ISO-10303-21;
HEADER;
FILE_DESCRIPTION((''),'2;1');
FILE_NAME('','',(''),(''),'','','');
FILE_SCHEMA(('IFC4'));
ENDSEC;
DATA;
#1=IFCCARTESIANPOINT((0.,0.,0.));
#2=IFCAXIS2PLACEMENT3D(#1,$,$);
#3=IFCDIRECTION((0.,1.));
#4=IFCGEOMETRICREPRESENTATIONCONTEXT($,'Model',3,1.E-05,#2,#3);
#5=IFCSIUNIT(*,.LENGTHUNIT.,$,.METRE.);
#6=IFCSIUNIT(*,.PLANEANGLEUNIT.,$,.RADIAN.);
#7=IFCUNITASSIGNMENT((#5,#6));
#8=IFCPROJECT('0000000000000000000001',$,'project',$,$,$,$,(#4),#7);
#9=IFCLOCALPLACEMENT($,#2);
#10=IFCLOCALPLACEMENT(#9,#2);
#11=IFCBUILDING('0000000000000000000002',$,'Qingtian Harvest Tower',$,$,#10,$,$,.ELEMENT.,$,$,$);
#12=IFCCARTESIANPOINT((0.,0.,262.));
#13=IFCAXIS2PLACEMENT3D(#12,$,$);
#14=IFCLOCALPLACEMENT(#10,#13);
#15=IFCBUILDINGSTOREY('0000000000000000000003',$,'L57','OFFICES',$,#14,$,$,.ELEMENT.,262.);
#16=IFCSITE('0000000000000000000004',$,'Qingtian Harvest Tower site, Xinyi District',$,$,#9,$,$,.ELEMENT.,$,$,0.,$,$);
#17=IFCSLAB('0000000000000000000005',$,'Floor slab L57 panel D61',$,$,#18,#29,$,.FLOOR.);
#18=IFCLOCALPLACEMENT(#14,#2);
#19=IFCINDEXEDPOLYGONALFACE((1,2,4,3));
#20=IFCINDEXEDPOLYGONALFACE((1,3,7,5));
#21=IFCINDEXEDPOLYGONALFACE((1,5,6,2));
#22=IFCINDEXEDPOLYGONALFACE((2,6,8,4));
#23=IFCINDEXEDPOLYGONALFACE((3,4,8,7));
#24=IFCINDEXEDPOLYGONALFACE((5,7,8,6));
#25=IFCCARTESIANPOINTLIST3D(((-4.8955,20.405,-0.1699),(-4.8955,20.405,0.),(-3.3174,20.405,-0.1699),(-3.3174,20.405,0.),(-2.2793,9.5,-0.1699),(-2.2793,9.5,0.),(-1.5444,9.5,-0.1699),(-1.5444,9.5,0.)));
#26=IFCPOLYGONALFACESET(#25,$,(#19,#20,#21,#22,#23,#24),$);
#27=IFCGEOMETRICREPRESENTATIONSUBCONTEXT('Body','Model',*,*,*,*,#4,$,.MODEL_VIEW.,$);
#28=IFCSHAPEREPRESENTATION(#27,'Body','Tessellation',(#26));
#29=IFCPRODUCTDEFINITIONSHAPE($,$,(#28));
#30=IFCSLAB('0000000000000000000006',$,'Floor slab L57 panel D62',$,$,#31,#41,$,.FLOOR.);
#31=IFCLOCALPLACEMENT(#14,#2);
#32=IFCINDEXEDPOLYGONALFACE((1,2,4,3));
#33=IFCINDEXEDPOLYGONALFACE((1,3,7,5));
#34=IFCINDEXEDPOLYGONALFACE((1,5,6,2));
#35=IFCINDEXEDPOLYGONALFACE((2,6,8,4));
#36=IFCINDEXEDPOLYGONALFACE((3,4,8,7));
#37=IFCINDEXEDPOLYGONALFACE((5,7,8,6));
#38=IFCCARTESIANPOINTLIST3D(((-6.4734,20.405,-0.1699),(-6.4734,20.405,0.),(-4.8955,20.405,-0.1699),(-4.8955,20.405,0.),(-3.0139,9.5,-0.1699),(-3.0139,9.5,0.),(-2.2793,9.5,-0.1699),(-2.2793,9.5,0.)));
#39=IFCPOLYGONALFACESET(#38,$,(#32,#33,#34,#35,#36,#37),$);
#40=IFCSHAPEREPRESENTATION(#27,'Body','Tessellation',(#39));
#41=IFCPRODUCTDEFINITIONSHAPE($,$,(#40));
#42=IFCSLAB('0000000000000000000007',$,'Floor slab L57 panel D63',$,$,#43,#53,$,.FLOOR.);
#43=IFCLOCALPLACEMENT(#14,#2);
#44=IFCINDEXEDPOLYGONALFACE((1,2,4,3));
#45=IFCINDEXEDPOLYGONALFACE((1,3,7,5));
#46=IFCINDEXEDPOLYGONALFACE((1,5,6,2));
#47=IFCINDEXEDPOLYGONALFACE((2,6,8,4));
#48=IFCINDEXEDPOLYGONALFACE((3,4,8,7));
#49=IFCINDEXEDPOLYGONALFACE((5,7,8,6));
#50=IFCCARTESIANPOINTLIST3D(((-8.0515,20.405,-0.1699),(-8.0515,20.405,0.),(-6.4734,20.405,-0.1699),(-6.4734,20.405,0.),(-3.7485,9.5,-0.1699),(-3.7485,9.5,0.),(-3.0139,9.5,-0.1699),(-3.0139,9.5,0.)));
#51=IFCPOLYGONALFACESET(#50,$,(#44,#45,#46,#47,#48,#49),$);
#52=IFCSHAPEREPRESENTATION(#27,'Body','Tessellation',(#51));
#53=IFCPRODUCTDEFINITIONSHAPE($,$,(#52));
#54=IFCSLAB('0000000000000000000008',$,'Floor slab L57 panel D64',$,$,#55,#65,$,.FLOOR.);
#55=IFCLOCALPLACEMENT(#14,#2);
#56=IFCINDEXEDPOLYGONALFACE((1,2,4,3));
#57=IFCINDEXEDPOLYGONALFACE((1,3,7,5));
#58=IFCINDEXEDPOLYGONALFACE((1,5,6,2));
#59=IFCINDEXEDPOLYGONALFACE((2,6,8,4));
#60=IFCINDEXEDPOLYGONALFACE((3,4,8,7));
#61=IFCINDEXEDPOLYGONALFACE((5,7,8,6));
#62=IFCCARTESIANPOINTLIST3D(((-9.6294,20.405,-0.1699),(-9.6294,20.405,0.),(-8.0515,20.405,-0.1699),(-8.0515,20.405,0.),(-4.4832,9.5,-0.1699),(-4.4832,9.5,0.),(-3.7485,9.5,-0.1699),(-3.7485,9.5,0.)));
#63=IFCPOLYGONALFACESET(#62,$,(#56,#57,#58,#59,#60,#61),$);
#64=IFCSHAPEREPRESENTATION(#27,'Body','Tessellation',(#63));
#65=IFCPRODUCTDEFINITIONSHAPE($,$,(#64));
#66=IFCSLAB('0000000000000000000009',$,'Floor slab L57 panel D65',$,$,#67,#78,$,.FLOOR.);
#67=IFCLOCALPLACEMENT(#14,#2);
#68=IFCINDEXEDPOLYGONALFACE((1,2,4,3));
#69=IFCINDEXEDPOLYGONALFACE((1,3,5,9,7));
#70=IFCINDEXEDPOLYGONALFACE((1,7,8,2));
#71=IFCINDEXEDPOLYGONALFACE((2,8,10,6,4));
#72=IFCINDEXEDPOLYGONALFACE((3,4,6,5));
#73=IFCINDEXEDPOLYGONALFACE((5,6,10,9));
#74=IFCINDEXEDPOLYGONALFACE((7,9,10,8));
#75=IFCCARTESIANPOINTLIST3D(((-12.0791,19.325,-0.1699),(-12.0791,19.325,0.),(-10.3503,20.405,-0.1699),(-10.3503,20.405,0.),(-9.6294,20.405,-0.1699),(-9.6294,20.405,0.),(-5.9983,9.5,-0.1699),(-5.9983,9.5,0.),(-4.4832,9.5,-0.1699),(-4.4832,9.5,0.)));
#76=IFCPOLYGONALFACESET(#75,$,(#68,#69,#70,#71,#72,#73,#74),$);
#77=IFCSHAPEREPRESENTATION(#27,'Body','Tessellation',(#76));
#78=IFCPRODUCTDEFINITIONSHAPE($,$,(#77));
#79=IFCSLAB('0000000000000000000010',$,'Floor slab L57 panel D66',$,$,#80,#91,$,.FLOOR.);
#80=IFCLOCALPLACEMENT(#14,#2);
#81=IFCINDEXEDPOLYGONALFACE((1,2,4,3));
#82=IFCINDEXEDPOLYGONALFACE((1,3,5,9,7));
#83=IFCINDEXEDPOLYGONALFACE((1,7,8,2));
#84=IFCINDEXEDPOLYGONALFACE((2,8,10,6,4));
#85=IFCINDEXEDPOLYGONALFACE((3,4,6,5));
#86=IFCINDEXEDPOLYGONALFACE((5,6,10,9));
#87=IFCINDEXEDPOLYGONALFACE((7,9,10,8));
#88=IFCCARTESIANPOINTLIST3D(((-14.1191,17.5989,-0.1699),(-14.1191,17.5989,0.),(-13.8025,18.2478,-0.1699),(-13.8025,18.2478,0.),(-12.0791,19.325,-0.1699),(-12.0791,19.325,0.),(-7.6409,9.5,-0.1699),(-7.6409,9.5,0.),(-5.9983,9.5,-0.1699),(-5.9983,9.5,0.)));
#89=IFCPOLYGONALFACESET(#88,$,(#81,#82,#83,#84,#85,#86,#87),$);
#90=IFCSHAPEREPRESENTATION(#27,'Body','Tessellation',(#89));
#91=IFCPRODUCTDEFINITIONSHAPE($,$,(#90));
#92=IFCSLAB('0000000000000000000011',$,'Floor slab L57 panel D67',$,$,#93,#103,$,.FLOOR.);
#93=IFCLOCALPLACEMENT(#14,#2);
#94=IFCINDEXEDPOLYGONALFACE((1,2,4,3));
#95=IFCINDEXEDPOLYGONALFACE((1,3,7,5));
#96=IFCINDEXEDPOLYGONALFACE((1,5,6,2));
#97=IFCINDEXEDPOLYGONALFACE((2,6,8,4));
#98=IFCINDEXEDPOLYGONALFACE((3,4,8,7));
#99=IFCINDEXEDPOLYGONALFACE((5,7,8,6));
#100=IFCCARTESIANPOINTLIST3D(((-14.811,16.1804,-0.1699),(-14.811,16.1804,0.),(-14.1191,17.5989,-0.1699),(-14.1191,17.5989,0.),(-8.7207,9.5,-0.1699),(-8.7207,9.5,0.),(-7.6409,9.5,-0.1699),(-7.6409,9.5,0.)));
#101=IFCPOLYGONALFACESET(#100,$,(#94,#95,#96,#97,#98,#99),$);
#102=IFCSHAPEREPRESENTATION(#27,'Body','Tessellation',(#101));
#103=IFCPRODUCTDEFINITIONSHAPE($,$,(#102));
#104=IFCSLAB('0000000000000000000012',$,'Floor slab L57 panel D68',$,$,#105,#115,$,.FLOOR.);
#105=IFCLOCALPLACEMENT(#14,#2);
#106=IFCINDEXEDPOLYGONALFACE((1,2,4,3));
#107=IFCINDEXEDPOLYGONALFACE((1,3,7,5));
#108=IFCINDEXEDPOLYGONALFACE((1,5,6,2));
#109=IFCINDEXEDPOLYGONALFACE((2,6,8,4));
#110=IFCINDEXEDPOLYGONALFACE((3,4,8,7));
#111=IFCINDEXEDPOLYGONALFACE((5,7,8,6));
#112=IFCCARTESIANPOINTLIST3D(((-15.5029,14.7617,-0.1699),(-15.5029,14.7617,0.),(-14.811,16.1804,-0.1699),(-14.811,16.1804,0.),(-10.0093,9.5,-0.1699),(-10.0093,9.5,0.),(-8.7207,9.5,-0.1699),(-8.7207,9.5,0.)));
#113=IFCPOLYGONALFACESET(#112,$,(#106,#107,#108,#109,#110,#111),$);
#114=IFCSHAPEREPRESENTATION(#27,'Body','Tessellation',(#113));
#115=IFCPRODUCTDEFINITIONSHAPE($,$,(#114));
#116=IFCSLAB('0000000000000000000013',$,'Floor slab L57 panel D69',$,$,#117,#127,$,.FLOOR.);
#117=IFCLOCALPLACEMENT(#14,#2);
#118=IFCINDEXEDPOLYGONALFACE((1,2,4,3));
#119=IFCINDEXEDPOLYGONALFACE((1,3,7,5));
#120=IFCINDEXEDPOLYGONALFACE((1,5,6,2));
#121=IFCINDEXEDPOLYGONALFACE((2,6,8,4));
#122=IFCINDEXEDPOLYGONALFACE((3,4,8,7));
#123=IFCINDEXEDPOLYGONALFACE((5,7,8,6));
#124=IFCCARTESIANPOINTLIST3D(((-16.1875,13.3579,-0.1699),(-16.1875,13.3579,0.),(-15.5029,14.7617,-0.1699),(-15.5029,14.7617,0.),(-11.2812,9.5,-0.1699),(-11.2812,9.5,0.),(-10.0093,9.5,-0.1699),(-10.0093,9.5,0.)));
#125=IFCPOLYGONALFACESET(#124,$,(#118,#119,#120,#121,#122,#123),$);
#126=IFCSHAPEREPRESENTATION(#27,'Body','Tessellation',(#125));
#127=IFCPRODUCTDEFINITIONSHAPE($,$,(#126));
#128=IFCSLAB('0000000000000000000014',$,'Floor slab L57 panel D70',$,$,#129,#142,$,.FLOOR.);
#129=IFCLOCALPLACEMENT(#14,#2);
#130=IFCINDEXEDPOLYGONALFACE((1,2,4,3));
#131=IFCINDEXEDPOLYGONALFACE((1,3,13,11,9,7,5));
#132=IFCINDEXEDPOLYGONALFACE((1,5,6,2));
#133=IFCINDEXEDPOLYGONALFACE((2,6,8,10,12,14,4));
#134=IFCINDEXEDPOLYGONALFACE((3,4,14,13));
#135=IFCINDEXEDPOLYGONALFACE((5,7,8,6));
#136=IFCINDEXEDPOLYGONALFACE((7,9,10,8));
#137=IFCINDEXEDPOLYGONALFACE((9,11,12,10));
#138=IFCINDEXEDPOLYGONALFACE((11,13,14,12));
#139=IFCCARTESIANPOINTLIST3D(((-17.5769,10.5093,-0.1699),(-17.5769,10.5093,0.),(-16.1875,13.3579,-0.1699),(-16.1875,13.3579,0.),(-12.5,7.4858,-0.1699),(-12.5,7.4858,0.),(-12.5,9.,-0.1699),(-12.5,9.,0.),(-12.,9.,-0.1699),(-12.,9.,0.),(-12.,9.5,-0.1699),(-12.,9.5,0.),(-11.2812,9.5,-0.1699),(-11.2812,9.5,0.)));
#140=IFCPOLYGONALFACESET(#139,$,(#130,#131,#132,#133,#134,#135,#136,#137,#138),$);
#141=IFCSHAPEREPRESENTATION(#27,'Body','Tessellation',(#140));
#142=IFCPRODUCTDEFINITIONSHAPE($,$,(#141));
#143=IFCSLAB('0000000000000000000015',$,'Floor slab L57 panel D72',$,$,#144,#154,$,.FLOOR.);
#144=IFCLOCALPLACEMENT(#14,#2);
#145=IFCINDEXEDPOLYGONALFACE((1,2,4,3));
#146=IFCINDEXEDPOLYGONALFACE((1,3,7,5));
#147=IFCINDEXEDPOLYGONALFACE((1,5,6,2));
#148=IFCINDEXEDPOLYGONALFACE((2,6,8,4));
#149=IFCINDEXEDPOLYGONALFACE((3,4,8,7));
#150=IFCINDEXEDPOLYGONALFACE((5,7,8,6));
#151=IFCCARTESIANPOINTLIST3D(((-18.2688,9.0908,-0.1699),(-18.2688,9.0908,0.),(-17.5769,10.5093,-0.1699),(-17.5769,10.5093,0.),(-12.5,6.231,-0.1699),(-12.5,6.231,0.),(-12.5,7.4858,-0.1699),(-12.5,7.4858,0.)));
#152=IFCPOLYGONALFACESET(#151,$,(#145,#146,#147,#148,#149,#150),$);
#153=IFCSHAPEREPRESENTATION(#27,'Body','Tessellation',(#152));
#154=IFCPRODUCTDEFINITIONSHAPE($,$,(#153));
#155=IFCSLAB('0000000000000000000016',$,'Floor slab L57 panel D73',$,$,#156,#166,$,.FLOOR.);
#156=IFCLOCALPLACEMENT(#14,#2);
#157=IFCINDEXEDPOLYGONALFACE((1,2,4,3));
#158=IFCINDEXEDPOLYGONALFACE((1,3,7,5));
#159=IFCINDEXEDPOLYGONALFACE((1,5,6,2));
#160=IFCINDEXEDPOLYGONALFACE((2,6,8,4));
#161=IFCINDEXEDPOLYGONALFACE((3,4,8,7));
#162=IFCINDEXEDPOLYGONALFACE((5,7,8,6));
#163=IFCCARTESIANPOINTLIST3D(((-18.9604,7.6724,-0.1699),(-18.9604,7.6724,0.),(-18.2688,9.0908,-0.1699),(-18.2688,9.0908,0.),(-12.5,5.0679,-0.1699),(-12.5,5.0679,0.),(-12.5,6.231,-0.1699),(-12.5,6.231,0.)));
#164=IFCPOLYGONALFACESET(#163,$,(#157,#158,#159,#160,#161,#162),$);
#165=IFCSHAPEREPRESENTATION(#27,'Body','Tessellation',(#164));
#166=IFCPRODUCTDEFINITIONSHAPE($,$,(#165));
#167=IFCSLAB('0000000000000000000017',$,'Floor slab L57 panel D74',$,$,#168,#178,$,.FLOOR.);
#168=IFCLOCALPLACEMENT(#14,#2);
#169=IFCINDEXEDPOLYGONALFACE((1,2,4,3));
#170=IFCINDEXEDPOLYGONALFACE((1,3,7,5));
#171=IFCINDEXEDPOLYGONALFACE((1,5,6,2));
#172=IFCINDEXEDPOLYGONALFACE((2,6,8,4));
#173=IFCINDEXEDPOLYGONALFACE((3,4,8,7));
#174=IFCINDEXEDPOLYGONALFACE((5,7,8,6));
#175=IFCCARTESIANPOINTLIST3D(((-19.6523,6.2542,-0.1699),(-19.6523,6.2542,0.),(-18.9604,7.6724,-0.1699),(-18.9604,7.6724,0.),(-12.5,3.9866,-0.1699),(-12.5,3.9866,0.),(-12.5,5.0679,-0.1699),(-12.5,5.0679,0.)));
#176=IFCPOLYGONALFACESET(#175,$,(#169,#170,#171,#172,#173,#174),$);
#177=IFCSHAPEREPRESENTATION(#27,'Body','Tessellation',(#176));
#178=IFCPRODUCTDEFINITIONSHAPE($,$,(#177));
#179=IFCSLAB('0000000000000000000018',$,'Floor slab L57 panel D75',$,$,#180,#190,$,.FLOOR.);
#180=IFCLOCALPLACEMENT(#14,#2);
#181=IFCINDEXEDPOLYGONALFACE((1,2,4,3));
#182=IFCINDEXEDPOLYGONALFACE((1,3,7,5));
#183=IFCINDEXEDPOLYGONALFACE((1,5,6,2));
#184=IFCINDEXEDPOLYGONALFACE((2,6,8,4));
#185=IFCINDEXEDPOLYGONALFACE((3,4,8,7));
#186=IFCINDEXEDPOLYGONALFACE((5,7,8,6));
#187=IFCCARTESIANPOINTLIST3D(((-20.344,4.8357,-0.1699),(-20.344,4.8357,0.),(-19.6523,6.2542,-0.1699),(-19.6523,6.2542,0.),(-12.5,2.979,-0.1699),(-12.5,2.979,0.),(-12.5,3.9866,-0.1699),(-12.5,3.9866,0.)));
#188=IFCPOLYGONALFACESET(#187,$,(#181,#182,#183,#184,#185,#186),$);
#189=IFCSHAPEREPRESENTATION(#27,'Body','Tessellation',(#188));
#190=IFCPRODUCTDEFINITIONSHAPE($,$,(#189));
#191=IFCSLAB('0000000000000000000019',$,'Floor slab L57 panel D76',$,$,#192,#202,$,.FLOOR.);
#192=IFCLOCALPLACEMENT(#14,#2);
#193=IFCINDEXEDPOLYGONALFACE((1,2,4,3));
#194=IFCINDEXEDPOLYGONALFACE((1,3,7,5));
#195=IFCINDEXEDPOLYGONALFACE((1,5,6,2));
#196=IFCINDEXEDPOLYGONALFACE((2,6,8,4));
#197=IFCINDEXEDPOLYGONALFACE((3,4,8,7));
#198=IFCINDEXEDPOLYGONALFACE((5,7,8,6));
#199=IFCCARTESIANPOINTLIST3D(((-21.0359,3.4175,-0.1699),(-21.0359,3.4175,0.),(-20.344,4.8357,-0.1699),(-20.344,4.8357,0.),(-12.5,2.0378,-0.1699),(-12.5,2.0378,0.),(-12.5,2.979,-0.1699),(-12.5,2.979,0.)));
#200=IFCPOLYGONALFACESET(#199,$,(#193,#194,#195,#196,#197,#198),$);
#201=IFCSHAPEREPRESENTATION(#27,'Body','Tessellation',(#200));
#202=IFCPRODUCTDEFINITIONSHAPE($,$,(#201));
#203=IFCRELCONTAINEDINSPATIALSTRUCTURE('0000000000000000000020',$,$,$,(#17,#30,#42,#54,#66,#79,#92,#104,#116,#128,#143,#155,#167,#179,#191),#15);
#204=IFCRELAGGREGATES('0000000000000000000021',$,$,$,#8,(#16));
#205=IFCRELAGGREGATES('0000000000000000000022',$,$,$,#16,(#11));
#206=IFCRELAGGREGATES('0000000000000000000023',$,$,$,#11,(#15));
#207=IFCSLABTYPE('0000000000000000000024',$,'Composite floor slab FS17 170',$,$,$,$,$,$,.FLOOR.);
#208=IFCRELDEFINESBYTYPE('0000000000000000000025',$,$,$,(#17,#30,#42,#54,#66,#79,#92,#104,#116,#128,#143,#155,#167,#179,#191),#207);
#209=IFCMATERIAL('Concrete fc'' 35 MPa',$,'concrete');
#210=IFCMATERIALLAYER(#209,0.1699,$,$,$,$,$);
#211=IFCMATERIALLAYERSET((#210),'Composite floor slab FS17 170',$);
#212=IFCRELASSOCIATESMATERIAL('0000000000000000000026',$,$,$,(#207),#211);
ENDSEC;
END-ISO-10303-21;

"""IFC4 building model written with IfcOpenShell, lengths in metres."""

from ifc_helpers import new_model, si_unit, direction, frame, origin, place, context, subcontext, project, spatial, polyline, outline, extrude, material, layer, layer_set, type_object, element, save


model = new_model("IFC4")

# Units and contexts
model_context = context("Model", 3, precision=1e-05, world=origin(), true_north=direction((0.0, 1.0)))
body_context = subcontext(model_context, "Body", "Model", "MODEL_VIEW")
ifc_project = project(units=[si_unit("LENGTHUNIT", "METRE"), si_unit("PLANEANGLEUNIT", "RADIAN")], contexts=[model_context])

# Site, building, storey
site_placement = place(None, origin())
site = spatial("IfcSite", under=ifc_project, at=site_placement, Name="Qingtian Harvest Tower site, Xinyi District", CompositionType="ELEMENT", RefElevation=0.0)
building_placement = place(site_placement, origin())
building = spatial("IfcBuilding", under=site, at=building_placement, Name="Qingtian Harvest Tower", CompositionType="ELEMENT")
storey_placement = place(building_placement, frame((0.0, 0.0, 262.0)))
storey = spatial("IfcBuildingStorey", under=building, at=storey_placement, Name="L57", Description="OFFICES", CompositionType="ELEMENT", Elevation=262.0)

# Slabs
ifc_material_1 = material(Name="Concrete fc' 35 MPa", Category="concrete")
ifc_layer_1 = layer(ifc_material_1, 0.1699)
ifc_layer_set_1 = layer_set([ifc_layer_1], Name="Composite floor slab FS17 170")
slab_type = type_object("IfcSlabType", Name="Composite floor slab FS17 170", PredefinedType="FLOOR", material=ifc_layer_set_1)
slab_1_placement = place(storey_placement, frame((0.0, 0.0, -0.1699)))
element("IfcSlab", 1, at=slab_1_placement, inside=storey, type_object=slab_type, Name="Floor slab L57 panel D61", PredefinedType="FLOOR", context=body_context, shape_type="SweptSolid", body=[
    extrude(outline(polyline([(-2.2793, 9.5), (-4.8955, 20.405), (-3.3174, 20.405), (-1.5444, 9.5), (-2.2793, 9.5)])), origin(), (0.0, 0.0, 1.0), 0.1699),
])
slab_2_placement = place(storey_placement, frame((0.0, 0.0, -0.1699)))
element("IfcSlab", 2, at=slab_2_placement, inside=storey, type_object=slab_type, Name="Floor slab L57 panel D62", PredefinedType="FLOOR", context=body_context, shape_type="SweptSolid", body=[
    extrude(outline(polyline([(-3.0139, 9.5), (-6.4734, 20.405), (-4.8955, 20.405), (-2.2793, 9.5), (-3.0139, 9.5)])), origin(), (0.0, 0.0, 1.0), 0.1699),
])
slab_3_placement = place(storey_placement, frame((0.0, 0.0, -0.1699)))
element("IfcSlab", 3, at=slab_3_placement, inside=storey, type_object=slab_type, Name="Floor slab L57 panel D63", PredefinedType="FLOOR", context=body_context, shape_type="SweptSolid", body=[
    extrude(outline(polyline([(-3.7485, 9.5), (-8.0515, 20.405), (-6.4734, 20.405), (-3.0139, 9.5), (-3.7485, 9.5)])), origin(), (0.0, 0.0, 1.0), 0.1699),
])
slab_4_placement = place(storey_placement, frame((0.0, 0.0, -0.1699)))
element("IfcSlab", 4, at=slab_4_placement, inside=storey, type_object=slab_type, Name="Floor slab L57 panel D64", PredefinedType="FLOOR", context=body_context, shape_type="SweptSolid", body=[
    extrude(outline(polyline([(-4.4832, 9.5), (-9.6294, 20.405), (-8.0515, 20.405), (-3.7485, 9.5), (-4.4832, 9.5)])), origin(), (0.0, 0.0, 1.0), 0.1699),
])
slab_5_placement = place(storey_placement, frame((0.0, 0.0, -0.1699)))
element("IfcSlab", 5, at=slab_5_placement, inside=storey, type_object=slab_type, Name="Floor slab L57 panel D65", PredefinedType="FLOOR", context=body_context, shape_type="SweptSolid", body=[
    extrude(outline(polyline([(-4.4832, 9.5), (-5.9983, 9.5), (-12.0791, 19.325), (-10.3503, 20.405), (-9.6294, 20.405), (-4.4832, 9.5)])), origin(), (0.0, 0.0, 1.0), 0.1699),
])
slab_6_placement = place(storey_placement, frame((0.0, 0.0, -0.1699)))
element("IfcSlab", 6, at=slab_6_placement, inside=storey, type_object=slab_type, Name="Floor slab L57 panel D66", PredefinedType="FLOOR", context=body_context, shape_type="SweptSolid", body=[
    extrude(outline(polyline([(-5.9983, 9.5), (-7.6409, 9.5), (-14.1191, 17.5989), (-13.8025, 18.2478), (-12.0791, 19.325), (-5.9983, 9.5)])), origin(), (0.0, 0.0, 1.0), 0.1699),
])
slab_7_placement = place(storey_placement, frame((0.0, 0.0, -0.1699)))
element("IfcSlab", 7, at=slab_7_placement, inside=storey, type_object=slab_type, Name="Floor slab L57 panel D67", PredefinedType="FLOOR", context=body_context, shape_type="SweptSolid", body=[
    extrude(outline(polyline([(-8.7207, 9.5), (-14.811, 16.1804), (-14.1191, 17.5989), (-7.6409, 9.5), (-8.7207, 9.5)])), origin(), (0.0, 0.0, 1.0), 0.1699),
])
slab_8_placement = place(storey_placement, frame((0.0, 0.0, -0.1699)))
element("IfcSlab", 8, at=slab_8_placement, inside=storey, type_object=slab_type, Name="Floor slab L57 panel D68", PredefinedType="FLOOR", context=body_context, shape_type="SweptSolid", body=[
    extrude(outline(polyline([(-10.0093, 9.5), (-15.5029, 14.7617), (-14.811, 16.1804), (-8.7207, 9.5), (-10.0093, 9.5)])), origin(), (0.0, 0.0, 1.0), 0.1699),
])
slab_9_placement = place(storey_placement, frame((0.0, 0.0, -0.1699)))
element("IfcSlab", 9, at=slab_9_placement, inside=storey, type_object=slab_type, Name="Floor slab L57 panel D69", PredefinedType="FLOOR", context=body_context, shape_type="SweptSolid", body=[
    extrude(outline(polyline([(-11.2812, 9.5), (-16.1875, 13.3579), (-15.5029, 14.7617), (-10.0093, 9.5), (-11.2812, 9.5)])), origin(), (0.0, 0.0, 1.0), 0.1699),
])
slab_10_placement = place(storey_placement, frame((0.0, 0.0, -0.1699)))
element("IfcSlab", 10, at=slab_10_placement, inside=storey, type_object=slab_type, Name="Floor slab L57 panel D70", PredefinedType="FLOOR", context=body_context, shape_type="SweptSolid", body=[
    extrude(outline(polyline([(-12.0, 9.0), (-12.5, 9.0), (-12.5, 7.4858), (-17.5769, 10.5093), (-16.1875, 13.3579), (-11.2812, 9.5), (-12.0, 9.5), (-12.0, 9.0)])), origin(), (0.0, 0.0, 1.0), 0.1699),
])
slab_11_placement = place(storey_placement, frame((0.0, 0.0, -0.1699)))
element("IfcSlab", 11, at=slab_11_placement, inside=storey, type_object=slab_type, Name="Floor slab L57 panel D72", PredefinedType="FLOOR", context=body_context, shape_type="SweptSolid", body=[
    extrude(outline(polyline([(-12.5, 6.231), (-18.2688, 9.0908), (-17.5769, 10.5093), (-12.5, 7.4858), (-12.5, 6.231)])), origin(), (0.0, 0.0, 1.0), 0.1699),
])
slab_12_placement = place(storey_placement, frame((0.0, 0.0, -0.1699)))
element("IfcSlab", 12, at=slab_12_placement, inside=storey, type_object=slab_type, Name="Floor slab L57 panel D73", PredefinedType="FLOOR", context=body_context, shape_type="SweptSolid", body=[
    extrude(outline(polyline([(-12.5, 5.0679), (-18.9604, 7.6724), (-18.2688, 9.0908), (-12.5, 6.231), (-12.5, 5.0679)])), origin(), (0.0, 0.0, 1.0), 0.1699),
])
slab_13_placement = place(storey_placement, frame((0.0, 0.0, -0.1699)))
element("IfcSlab", 13, at=slab_13_placement, inside=storey, type_object=slab_type, Name="Floor slab L57 panel D74", PredefinedType="FLOOR", context=body_context, shape_type="SweptSolid", body=[
    extrude(outline(polyline([(-12.5, 3.9866), (-19.6523, 6.2542), (-18.9604, 7.6724), (-12.5, 5.0679), (-12.5, 3.9866)])), origin(), (0.0, 0.0, 1.0), 0.1699),
])
slab_14_placement = place(storey_placement, frame((0.0, 0.0, -0.1699)))
element("IfcSlab", 14, at=slab_14_placement, inside=storey, type_object=slab_type, Name="Floor slab L57 panel D75", PredefinedType="FLOOR", context=body_context, shape_type="SweptSolid", body=[
    extrude(outline(polyline([(-12.5, 2.979), (-20.344, 4.8357), (-19.6523, 6.2542), (-12.5, 3.9866), (-12.5, 2.979)])), origin(), (0.0, 0.0, 1.0), 0.1699),
])
slab_15_placement = place(storey_placement, frame((0.0, 0.0, -0.1699)))
element("IfcSlab", 15, at=slab_15_placement, inside=storey, type_object=slab_type, Name="Floor slab L57 panel D76", PredefinedType="FLOOR", context=body_context, shape_type="SweptSolid", body=[
    extrude(outline(polyline([(-12.5, 2.0378), (-21.0359, 3.4175), (-20.344, 4.8357), (-12.5, 2.979), (-12.5, 2.0378)])), origin(), (0.0, 0.0, 1.0), 0.1699),
])

save(model, "model.ifc")
